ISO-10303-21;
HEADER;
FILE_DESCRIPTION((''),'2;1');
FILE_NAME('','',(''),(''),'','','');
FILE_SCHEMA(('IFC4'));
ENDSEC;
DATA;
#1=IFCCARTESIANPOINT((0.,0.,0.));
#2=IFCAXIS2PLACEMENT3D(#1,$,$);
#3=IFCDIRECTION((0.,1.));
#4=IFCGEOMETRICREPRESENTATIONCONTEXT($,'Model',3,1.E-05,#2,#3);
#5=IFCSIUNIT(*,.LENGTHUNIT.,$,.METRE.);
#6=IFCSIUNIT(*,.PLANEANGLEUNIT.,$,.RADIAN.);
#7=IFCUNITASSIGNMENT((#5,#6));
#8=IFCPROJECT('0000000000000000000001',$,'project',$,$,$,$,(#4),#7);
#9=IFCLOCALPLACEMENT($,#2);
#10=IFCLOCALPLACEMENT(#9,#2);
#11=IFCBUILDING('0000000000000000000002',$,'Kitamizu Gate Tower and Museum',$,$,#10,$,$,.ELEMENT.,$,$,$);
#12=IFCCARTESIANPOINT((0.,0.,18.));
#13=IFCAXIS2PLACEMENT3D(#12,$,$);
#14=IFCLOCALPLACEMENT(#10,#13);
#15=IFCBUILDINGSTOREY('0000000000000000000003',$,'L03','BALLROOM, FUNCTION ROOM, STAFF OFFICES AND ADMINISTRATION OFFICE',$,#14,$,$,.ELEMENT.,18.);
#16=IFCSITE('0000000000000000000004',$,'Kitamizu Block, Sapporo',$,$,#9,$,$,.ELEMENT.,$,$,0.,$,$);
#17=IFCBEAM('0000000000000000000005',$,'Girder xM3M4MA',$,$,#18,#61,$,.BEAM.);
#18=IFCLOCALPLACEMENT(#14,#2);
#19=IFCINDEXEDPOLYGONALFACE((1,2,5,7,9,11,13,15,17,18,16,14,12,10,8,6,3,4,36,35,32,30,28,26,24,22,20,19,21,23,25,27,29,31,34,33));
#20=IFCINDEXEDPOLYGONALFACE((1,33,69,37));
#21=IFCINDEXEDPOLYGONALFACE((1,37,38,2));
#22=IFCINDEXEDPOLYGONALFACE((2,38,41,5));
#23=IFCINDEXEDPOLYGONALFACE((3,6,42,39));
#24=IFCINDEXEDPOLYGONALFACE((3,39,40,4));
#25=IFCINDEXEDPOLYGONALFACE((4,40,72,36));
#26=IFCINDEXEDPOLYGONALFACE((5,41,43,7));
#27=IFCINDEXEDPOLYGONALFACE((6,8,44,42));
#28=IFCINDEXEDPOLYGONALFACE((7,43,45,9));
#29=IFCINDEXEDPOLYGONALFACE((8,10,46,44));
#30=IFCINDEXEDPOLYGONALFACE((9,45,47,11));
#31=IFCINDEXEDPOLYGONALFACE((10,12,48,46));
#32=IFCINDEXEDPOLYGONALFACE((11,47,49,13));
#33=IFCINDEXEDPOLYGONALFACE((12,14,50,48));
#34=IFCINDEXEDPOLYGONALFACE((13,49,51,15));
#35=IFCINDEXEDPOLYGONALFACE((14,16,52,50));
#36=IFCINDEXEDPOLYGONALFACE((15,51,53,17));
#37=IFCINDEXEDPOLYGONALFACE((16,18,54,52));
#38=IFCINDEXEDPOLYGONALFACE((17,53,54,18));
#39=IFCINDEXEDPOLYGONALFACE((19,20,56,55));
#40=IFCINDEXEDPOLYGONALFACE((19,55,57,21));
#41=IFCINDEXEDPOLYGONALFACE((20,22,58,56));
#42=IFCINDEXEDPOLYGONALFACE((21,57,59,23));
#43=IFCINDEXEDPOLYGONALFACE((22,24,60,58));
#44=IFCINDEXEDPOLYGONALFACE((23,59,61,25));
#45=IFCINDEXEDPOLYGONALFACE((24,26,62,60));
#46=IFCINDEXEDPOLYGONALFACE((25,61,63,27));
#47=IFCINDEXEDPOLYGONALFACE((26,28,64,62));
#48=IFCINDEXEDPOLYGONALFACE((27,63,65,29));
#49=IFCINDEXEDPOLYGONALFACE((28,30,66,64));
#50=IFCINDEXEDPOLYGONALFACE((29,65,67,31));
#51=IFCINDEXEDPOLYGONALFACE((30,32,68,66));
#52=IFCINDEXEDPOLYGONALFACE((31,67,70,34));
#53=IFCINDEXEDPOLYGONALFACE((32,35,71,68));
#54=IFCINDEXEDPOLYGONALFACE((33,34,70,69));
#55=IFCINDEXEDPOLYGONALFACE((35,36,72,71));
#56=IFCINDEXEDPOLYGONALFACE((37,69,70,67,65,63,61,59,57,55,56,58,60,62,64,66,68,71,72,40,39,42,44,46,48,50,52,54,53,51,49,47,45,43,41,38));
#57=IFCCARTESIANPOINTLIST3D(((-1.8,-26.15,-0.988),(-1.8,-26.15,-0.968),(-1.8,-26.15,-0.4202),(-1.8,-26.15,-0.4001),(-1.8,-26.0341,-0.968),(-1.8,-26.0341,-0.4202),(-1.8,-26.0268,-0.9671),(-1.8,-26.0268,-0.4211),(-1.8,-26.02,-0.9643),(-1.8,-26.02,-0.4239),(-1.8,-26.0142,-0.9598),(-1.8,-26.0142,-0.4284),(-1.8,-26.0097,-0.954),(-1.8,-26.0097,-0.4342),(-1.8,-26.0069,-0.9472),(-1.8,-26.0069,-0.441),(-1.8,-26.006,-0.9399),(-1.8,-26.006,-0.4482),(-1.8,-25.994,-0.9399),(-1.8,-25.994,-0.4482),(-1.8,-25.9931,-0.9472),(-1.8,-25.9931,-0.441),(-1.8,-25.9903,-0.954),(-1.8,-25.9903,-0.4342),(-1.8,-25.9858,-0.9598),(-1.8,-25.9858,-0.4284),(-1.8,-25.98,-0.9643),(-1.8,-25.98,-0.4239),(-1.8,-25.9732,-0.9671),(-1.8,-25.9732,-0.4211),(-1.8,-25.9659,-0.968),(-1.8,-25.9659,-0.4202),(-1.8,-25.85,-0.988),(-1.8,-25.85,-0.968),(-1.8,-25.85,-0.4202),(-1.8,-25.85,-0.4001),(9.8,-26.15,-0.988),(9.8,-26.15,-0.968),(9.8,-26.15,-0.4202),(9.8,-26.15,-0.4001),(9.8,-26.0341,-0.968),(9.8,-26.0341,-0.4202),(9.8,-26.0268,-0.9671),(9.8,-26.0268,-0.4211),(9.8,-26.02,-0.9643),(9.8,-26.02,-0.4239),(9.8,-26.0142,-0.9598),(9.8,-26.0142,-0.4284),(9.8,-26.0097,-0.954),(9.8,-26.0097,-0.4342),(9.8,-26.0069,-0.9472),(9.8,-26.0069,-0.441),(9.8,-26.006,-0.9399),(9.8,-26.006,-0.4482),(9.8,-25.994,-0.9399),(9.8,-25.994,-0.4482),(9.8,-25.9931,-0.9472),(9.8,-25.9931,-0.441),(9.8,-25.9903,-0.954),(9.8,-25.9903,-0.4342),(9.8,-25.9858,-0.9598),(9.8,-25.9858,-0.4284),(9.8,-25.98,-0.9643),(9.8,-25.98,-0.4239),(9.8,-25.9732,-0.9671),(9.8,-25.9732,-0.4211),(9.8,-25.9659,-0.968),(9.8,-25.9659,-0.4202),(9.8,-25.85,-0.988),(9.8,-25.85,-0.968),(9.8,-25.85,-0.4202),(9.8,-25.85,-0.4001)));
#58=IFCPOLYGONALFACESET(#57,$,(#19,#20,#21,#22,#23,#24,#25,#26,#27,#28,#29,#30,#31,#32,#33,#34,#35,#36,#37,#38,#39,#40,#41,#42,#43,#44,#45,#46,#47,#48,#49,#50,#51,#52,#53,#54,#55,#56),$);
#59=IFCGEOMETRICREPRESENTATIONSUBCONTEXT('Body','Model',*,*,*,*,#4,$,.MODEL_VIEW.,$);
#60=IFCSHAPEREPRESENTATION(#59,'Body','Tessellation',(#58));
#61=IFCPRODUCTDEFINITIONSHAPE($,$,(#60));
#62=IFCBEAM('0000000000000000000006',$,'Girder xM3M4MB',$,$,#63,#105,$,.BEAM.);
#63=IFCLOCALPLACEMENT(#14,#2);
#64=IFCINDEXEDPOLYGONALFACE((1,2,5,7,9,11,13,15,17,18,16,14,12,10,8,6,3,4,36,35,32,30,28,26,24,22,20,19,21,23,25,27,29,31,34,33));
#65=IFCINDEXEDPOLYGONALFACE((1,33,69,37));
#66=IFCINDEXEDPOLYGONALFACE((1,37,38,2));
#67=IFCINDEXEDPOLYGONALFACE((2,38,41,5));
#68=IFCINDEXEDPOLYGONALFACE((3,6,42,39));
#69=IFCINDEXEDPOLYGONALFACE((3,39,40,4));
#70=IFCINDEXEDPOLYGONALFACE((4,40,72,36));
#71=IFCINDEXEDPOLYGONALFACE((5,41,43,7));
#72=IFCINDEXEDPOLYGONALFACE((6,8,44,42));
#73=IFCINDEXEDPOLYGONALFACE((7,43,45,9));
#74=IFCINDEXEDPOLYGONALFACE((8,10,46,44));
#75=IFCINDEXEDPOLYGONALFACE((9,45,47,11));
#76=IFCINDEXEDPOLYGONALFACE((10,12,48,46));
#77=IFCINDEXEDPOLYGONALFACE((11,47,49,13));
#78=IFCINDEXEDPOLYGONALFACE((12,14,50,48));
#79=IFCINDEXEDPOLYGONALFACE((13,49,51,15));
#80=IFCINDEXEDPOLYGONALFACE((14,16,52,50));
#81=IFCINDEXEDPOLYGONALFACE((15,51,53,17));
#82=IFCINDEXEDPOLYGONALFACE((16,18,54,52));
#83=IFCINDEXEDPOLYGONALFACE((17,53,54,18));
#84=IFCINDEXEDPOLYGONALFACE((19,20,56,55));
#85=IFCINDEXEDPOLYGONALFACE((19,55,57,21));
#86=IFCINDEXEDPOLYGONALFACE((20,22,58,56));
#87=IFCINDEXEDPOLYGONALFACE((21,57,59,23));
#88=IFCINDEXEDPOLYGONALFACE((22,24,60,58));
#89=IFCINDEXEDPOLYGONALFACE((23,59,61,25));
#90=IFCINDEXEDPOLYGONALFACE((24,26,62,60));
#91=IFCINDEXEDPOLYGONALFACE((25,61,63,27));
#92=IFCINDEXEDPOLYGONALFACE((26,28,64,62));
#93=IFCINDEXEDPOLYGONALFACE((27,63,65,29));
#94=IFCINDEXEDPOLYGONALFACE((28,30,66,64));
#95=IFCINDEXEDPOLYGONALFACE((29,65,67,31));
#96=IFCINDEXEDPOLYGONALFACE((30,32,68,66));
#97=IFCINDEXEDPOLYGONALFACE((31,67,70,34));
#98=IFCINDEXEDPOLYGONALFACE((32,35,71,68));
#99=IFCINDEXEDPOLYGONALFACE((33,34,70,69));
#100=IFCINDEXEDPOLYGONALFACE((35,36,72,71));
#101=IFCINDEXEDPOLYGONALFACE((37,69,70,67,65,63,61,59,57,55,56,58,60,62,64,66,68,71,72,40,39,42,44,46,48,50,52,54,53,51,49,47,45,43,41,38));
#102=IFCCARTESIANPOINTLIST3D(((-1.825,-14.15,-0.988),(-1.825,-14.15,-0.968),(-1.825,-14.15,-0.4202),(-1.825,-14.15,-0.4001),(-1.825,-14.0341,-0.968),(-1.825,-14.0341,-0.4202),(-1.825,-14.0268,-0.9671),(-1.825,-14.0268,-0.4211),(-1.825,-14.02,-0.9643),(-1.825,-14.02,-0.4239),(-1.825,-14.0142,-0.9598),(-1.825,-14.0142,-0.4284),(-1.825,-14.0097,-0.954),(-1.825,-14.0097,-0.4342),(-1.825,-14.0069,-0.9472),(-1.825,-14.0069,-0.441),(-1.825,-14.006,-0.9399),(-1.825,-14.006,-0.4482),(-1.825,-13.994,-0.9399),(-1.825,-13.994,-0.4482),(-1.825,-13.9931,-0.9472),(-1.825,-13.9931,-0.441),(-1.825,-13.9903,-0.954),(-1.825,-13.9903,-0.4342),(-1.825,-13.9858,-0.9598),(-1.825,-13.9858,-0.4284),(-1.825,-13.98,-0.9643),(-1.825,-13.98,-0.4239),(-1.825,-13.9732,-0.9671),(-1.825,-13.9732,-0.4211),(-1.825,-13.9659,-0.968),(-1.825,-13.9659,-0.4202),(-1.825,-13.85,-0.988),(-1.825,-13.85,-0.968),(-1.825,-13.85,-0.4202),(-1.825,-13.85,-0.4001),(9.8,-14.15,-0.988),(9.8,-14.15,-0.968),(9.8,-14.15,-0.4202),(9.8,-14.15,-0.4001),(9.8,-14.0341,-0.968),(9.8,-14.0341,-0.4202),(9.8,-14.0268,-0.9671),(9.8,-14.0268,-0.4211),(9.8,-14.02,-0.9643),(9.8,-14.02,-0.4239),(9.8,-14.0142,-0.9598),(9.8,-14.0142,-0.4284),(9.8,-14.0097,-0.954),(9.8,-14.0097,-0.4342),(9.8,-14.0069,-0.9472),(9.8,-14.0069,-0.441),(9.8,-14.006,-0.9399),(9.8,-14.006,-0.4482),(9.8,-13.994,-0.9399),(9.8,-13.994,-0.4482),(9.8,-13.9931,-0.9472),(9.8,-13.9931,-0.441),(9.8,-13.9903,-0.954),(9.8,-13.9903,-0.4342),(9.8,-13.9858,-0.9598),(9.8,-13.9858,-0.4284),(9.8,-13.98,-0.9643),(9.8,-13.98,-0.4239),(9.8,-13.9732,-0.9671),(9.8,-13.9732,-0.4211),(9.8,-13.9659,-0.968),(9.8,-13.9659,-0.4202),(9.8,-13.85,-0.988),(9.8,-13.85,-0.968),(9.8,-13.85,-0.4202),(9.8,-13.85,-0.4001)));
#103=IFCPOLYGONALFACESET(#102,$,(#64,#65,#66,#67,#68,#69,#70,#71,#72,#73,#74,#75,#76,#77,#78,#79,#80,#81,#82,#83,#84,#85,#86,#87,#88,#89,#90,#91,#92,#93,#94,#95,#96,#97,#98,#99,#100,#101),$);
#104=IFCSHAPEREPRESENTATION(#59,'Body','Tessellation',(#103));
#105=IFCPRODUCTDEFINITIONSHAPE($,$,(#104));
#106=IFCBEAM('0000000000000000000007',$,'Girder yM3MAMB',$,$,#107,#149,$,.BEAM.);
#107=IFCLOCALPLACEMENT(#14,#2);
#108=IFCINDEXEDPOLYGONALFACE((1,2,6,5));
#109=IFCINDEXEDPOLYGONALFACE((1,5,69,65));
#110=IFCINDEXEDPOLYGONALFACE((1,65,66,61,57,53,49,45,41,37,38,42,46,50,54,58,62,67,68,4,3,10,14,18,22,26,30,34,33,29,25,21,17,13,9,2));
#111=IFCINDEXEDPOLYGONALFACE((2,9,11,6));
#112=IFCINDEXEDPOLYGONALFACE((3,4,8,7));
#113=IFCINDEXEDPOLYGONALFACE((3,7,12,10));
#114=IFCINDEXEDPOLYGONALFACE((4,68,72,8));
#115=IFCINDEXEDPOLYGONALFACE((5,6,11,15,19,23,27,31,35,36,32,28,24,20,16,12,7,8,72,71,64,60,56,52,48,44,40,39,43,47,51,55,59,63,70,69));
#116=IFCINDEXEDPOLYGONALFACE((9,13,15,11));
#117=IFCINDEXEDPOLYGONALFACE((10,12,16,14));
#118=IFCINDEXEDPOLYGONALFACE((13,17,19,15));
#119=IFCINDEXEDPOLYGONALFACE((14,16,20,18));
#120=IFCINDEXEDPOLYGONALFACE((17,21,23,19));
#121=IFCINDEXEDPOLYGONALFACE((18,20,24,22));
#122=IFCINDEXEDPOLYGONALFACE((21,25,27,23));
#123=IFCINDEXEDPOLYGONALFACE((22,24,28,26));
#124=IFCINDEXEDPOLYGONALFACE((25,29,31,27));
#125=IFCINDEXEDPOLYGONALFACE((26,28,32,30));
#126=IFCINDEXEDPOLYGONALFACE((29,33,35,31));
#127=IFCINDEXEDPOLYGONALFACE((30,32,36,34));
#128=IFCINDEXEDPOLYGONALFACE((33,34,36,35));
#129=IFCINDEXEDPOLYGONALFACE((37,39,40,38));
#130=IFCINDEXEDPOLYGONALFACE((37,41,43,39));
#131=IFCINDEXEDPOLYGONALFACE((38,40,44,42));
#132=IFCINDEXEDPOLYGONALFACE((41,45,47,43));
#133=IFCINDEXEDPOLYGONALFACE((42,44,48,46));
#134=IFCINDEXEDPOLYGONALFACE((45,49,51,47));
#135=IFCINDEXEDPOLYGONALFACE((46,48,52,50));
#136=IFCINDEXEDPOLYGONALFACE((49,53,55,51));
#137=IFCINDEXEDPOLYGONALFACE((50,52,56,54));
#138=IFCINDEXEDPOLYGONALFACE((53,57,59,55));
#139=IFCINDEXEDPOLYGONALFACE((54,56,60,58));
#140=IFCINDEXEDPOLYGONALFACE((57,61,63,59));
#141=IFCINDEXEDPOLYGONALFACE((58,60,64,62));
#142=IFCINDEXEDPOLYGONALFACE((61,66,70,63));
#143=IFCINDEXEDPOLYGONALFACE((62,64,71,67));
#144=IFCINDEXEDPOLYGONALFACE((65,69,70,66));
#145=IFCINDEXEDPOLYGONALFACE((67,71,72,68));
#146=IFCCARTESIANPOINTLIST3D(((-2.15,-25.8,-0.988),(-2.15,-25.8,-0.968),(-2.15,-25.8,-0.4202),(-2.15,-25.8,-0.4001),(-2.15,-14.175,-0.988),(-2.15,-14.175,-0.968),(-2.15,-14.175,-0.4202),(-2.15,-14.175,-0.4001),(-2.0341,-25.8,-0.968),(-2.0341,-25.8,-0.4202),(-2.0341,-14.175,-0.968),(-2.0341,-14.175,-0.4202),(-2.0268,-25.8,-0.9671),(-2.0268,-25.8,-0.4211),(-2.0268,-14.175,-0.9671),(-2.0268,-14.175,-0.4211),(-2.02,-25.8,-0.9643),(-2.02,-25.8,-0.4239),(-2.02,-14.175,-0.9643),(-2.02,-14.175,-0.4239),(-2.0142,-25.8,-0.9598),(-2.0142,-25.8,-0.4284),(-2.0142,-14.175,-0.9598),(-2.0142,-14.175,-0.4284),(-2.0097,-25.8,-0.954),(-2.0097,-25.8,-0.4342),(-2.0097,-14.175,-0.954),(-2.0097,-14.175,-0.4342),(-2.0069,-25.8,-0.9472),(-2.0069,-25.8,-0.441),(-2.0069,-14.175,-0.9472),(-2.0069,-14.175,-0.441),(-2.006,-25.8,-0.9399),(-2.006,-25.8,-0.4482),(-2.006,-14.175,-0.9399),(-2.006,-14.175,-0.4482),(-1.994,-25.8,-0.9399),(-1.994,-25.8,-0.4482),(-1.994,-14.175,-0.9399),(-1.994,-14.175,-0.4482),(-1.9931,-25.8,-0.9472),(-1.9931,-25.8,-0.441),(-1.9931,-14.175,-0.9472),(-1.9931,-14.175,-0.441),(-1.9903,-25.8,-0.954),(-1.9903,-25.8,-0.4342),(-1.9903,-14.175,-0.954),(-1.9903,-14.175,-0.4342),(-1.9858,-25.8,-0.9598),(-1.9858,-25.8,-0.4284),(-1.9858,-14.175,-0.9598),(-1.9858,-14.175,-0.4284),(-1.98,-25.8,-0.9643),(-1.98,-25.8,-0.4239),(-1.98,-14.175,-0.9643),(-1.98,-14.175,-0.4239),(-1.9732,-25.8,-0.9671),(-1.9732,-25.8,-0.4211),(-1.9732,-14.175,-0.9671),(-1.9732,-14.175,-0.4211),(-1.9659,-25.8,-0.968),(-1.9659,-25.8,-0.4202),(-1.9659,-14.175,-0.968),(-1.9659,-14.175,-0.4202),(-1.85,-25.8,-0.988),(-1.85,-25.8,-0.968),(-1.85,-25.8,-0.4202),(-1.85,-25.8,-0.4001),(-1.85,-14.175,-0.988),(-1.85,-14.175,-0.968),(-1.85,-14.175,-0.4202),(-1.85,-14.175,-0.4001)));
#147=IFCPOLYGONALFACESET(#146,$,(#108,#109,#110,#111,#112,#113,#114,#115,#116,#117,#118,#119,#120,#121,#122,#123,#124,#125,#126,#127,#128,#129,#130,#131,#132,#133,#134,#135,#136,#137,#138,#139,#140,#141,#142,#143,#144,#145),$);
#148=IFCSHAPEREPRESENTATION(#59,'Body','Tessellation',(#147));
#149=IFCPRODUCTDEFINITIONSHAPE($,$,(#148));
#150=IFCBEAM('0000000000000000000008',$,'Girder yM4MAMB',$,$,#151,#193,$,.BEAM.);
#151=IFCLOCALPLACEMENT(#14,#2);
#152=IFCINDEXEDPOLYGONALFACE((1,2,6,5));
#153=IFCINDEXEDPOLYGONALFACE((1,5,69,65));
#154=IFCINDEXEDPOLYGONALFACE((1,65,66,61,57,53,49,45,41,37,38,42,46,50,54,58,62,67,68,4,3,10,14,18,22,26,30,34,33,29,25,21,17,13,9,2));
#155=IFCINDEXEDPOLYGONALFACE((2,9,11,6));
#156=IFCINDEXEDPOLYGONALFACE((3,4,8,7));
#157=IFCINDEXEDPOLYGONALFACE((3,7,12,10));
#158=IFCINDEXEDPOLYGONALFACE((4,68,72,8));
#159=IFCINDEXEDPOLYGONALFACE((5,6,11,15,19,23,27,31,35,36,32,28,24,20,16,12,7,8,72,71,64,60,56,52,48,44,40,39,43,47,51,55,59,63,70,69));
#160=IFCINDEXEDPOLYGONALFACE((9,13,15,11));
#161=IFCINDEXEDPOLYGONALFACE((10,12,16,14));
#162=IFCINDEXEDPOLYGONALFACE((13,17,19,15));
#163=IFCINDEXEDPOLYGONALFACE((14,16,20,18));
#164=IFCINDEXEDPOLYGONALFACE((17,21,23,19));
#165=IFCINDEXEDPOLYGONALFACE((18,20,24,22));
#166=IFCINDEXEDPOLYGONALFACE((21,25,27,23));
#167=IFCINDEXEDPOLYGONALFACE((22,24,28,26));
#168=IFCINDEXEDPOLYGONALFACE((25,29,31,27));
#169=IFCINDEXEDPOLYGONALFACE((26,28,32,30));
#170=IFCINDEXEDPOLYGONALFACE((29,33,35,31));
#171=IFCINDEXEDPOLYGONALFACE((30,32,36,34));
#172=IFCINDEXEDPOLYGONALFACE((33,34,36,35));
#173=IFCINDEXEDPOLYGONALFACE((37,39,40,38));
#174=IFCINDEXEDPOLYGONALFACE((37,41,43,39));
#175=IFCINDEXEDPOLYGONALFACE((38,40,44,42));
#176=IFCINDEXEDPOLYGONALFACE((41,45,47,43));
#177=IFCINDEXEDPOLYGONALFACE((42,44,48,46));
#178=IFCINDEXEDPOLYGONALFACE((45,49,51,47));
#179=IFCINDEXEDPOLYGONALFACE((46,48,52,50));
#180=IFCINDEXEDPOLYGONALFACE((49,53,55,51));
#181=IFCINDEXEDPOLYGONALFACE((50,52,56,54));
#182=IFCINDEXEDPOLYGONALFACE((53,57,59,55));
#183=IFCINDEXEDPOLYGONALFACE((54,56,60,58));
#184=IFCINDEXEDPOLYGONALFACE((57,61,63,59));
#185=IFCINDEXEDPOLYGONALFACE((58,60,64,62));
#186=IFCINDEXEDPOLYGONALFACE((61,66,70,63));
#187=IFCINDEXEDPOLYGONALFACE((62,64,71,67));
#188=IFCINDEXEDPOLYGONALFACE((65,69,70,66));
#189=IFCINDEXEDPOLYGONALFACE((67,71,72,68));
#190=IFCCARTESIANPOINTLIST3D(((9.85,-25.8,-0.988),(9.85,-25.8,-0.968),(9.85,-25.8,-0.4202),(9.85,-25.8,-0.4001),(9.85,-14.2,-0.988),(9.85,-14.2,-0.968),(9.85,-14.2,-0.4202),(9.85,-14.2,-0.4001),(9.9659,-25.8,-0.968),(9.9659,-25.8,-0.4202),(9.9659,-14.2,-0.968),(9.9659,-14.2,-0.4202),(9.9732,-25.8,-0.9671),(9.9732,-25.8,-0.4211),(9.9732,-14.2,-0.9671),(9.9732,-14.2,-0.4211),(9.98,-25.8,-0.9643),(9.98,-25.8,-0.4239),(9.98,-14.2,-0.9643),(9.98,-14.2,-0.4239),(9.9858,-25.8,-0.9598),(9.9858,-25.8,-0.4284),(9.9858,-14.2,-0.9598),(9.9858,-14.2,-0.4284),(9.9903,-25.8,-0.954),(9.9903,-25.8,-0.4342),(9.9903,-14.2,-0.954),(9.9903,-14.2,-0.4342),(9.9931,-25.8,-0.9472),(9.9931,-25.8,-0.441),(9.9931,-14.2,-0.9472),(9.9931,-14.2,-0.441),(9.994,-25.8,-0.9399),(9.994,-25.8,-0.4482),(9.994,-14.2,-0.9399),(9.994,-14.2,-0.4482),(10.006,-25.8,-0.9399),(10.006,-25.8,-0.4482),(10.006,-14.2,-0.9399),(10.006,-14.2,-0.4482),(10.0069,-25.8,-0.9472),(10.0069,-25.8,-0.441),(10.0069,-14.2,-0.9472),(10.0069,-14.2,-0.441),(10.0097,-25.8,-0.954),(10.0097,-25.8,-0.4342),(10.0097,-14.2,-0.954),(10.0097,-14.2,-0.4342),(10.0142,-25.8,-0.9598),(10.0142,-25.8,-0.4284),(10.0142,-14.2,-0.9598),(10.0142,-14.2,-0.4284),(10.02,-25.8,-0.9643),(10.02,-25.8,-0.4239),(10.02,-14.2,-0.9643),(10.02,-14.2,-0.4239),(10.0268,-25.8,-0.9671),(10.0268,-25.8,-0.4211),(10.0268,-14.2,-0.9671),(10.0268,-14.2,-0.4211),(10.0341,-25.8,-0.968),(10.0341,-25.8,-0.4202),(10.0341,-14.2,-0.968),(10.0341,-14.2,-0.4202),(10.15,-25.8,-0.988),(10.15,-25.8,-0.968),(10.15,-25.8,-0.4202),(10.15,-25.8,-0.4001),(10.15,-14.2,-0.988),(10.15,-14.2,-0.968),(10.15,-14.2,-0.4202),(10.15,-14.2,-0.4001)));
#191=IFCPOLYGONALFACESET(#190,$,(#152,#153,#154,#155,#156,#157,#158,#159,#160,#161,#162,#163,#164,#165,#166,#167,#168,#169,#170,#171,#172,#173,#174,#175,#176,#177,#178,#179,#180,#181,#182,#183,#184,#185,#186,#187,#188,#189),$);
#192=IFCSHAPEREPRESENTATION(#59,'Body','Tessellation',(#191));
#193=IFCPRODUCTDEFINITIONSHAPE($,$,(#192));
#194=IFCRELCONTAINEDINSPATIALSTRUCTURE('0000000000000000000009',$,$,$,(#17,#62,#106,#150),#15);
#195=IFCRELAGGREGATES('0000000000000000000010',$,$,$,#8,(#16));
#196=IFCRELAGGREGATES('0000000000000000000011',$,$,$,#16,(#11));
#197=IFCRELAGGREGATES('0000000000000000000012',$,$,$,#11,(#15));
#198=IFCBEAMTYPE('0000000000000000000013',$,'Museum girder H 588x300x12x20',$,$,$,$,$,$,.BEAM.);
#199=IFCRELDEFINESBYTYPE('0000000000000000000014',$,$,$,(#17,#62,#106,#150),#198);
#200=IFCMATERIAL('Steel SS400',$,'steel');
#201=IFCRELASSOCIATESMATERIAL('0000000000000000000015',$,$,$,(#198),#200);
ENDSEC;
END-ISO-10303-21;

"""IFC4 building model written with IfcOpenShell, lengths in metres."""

from ifc_helpers import new_model, si_unit, direction, frame, origin, origin_2d, place, context, subcontext, project, spatial, i_section, extrude, material, material_profile, profile_set, type_object, element, save


model = new_model("IFC4")

# Units and contexts
model_context = context("Model", 3, precision=1e-05, world=origin(), true_north=direction((0.0, 1.0)))
body_context = subcontext(model_context, "Body", "Model", "MODEL_VIEW")
ifc_project = project(units=[si_unit("LENGTHUNIT", "METRE"), si_unit("PLANEANGLEUNIT", "RADIAN")], contexts=[model_context])

# Site, building, storey
site_placement = place(None, origin())
site = spatial("IfcSite", under=ifc_project, at=site_placement, Name="Kitamizu Block, Sapporo", CompositionType="ELEMENT", RefElevation=0.0)
building_placement = place(site_placement, origin())
building = spatial("IfcBuilding", under=site, at=building_placement, Name="Kitamizu Gate Tower and Museum", CompositionType="ELEMENT")
storey_placement = place(building_placement, frame((0.0, 0.0, 18.0)))
storey = spatial("IfcBuildingStorey", under=building, at=storey_placement, Name="L03", Description="BALLROOM, FUNCTION ROOM, STAFF OFFICES AND ADMINISTRATION OFFICE", CompositionType="ELEMENT", Elevation=18.0)

# Beams
ifc_material_1 = material(Name="Steel SS400", Category="steel")
ifc_material_profile_1 = material_profile(ifc_material_1, i_section(OverallWidth=0.3, OverallDepth=0.5879, WebThickness=0.012, FlangeThickness=0.02, FilletRadius=0.0281, at=origin_2d()), Name="H-588x300x12x20")
ifc_profile_set_1 = profile_set([ifc_material_profile_1], Name="Steel SS400")
beam_type_1 = type_object("IfcBeamType", Name="Museum girder H 588x300x12x20", PredefinedType="BEAM", material=ifc_profile_set_1)
beam_1_placement = place(storey_placement, frame((-1.8, -26.0, -0.6941), z_axis=(1.0, 0.0, 0.0), x_axis=(0.0, 1.0, 0.0)))
element("IfcBeam", 1, at=beam_1_placement, inside=storey, type_object=beam_type_1, Name="Girder xM3M4MA", PredefinedType="BEAM", context=body_context, shape_type="SweptSolid", body=[
    extrude(i_section(OverallWidth=0.3, OverallDepth=0.5879, WebThickness=0.012, FlangeThickness=0.02, FilletRadius=0.0281, at=origin_2d()), origin(), (0.0, 0.0, 1.0), 11.6001),
])
for number, where, z_axis, x_axis, name in (
    (2, (-1.825, -14.0, -0.6941), (1.0, 0.0, 0.0), (0.0, 1.0, 0.0), "Girder xM3M4MB"),
    (3, (-2.0, -25.8, -0.6941), (0.0, 1.0, 0.0), (-1.0, 0.0, 0.0), "Girder yM3MAMB"),
):
    element("IfcBeam", number, at=place(storey_placement, frame(where, z_axis=z_axis, x_axis=x_axis)), inside=storey, type_object=beam_type_1, Name=name, PredefinedType="BEAM", context=body_context, shape_type="SweptSolid", body=[
        extrude(i_section(OverallWidth=0.3, OverallDepth=0.5879, WebThickness=0.012, FlangeThickness=0.02, FilletRadius=0.0281, at=origin_2d()), origin(), (0.0, 0.0, 1.0), 11.625),
    ])
beam_2_placement = place(storey_placement, frame((10.0, -25.8, -0.6941), z_axis=(0.0, 1.0, 0.0), x_axis=(-1.0, 0.0, 0.0)))
element("IfcBeam", 4, at=beam_2_placement, inside=storey, type_object=beam_type_1, Name="Girder yM4MAMB", PredefinedType="BEAM", context=body_context, shape_type="SweptSolid", body=[
    extrude(i_section(OverallWidth=0.3, OverallDepth=0.5879, WebThickness=0.012, FlangeThickness=0.02, FilletRadius=0.0281, at=origin_2d()), origin(), (0.0, 0.0, 1.0), 11.6001),
])

save(model, "model.ifc")
